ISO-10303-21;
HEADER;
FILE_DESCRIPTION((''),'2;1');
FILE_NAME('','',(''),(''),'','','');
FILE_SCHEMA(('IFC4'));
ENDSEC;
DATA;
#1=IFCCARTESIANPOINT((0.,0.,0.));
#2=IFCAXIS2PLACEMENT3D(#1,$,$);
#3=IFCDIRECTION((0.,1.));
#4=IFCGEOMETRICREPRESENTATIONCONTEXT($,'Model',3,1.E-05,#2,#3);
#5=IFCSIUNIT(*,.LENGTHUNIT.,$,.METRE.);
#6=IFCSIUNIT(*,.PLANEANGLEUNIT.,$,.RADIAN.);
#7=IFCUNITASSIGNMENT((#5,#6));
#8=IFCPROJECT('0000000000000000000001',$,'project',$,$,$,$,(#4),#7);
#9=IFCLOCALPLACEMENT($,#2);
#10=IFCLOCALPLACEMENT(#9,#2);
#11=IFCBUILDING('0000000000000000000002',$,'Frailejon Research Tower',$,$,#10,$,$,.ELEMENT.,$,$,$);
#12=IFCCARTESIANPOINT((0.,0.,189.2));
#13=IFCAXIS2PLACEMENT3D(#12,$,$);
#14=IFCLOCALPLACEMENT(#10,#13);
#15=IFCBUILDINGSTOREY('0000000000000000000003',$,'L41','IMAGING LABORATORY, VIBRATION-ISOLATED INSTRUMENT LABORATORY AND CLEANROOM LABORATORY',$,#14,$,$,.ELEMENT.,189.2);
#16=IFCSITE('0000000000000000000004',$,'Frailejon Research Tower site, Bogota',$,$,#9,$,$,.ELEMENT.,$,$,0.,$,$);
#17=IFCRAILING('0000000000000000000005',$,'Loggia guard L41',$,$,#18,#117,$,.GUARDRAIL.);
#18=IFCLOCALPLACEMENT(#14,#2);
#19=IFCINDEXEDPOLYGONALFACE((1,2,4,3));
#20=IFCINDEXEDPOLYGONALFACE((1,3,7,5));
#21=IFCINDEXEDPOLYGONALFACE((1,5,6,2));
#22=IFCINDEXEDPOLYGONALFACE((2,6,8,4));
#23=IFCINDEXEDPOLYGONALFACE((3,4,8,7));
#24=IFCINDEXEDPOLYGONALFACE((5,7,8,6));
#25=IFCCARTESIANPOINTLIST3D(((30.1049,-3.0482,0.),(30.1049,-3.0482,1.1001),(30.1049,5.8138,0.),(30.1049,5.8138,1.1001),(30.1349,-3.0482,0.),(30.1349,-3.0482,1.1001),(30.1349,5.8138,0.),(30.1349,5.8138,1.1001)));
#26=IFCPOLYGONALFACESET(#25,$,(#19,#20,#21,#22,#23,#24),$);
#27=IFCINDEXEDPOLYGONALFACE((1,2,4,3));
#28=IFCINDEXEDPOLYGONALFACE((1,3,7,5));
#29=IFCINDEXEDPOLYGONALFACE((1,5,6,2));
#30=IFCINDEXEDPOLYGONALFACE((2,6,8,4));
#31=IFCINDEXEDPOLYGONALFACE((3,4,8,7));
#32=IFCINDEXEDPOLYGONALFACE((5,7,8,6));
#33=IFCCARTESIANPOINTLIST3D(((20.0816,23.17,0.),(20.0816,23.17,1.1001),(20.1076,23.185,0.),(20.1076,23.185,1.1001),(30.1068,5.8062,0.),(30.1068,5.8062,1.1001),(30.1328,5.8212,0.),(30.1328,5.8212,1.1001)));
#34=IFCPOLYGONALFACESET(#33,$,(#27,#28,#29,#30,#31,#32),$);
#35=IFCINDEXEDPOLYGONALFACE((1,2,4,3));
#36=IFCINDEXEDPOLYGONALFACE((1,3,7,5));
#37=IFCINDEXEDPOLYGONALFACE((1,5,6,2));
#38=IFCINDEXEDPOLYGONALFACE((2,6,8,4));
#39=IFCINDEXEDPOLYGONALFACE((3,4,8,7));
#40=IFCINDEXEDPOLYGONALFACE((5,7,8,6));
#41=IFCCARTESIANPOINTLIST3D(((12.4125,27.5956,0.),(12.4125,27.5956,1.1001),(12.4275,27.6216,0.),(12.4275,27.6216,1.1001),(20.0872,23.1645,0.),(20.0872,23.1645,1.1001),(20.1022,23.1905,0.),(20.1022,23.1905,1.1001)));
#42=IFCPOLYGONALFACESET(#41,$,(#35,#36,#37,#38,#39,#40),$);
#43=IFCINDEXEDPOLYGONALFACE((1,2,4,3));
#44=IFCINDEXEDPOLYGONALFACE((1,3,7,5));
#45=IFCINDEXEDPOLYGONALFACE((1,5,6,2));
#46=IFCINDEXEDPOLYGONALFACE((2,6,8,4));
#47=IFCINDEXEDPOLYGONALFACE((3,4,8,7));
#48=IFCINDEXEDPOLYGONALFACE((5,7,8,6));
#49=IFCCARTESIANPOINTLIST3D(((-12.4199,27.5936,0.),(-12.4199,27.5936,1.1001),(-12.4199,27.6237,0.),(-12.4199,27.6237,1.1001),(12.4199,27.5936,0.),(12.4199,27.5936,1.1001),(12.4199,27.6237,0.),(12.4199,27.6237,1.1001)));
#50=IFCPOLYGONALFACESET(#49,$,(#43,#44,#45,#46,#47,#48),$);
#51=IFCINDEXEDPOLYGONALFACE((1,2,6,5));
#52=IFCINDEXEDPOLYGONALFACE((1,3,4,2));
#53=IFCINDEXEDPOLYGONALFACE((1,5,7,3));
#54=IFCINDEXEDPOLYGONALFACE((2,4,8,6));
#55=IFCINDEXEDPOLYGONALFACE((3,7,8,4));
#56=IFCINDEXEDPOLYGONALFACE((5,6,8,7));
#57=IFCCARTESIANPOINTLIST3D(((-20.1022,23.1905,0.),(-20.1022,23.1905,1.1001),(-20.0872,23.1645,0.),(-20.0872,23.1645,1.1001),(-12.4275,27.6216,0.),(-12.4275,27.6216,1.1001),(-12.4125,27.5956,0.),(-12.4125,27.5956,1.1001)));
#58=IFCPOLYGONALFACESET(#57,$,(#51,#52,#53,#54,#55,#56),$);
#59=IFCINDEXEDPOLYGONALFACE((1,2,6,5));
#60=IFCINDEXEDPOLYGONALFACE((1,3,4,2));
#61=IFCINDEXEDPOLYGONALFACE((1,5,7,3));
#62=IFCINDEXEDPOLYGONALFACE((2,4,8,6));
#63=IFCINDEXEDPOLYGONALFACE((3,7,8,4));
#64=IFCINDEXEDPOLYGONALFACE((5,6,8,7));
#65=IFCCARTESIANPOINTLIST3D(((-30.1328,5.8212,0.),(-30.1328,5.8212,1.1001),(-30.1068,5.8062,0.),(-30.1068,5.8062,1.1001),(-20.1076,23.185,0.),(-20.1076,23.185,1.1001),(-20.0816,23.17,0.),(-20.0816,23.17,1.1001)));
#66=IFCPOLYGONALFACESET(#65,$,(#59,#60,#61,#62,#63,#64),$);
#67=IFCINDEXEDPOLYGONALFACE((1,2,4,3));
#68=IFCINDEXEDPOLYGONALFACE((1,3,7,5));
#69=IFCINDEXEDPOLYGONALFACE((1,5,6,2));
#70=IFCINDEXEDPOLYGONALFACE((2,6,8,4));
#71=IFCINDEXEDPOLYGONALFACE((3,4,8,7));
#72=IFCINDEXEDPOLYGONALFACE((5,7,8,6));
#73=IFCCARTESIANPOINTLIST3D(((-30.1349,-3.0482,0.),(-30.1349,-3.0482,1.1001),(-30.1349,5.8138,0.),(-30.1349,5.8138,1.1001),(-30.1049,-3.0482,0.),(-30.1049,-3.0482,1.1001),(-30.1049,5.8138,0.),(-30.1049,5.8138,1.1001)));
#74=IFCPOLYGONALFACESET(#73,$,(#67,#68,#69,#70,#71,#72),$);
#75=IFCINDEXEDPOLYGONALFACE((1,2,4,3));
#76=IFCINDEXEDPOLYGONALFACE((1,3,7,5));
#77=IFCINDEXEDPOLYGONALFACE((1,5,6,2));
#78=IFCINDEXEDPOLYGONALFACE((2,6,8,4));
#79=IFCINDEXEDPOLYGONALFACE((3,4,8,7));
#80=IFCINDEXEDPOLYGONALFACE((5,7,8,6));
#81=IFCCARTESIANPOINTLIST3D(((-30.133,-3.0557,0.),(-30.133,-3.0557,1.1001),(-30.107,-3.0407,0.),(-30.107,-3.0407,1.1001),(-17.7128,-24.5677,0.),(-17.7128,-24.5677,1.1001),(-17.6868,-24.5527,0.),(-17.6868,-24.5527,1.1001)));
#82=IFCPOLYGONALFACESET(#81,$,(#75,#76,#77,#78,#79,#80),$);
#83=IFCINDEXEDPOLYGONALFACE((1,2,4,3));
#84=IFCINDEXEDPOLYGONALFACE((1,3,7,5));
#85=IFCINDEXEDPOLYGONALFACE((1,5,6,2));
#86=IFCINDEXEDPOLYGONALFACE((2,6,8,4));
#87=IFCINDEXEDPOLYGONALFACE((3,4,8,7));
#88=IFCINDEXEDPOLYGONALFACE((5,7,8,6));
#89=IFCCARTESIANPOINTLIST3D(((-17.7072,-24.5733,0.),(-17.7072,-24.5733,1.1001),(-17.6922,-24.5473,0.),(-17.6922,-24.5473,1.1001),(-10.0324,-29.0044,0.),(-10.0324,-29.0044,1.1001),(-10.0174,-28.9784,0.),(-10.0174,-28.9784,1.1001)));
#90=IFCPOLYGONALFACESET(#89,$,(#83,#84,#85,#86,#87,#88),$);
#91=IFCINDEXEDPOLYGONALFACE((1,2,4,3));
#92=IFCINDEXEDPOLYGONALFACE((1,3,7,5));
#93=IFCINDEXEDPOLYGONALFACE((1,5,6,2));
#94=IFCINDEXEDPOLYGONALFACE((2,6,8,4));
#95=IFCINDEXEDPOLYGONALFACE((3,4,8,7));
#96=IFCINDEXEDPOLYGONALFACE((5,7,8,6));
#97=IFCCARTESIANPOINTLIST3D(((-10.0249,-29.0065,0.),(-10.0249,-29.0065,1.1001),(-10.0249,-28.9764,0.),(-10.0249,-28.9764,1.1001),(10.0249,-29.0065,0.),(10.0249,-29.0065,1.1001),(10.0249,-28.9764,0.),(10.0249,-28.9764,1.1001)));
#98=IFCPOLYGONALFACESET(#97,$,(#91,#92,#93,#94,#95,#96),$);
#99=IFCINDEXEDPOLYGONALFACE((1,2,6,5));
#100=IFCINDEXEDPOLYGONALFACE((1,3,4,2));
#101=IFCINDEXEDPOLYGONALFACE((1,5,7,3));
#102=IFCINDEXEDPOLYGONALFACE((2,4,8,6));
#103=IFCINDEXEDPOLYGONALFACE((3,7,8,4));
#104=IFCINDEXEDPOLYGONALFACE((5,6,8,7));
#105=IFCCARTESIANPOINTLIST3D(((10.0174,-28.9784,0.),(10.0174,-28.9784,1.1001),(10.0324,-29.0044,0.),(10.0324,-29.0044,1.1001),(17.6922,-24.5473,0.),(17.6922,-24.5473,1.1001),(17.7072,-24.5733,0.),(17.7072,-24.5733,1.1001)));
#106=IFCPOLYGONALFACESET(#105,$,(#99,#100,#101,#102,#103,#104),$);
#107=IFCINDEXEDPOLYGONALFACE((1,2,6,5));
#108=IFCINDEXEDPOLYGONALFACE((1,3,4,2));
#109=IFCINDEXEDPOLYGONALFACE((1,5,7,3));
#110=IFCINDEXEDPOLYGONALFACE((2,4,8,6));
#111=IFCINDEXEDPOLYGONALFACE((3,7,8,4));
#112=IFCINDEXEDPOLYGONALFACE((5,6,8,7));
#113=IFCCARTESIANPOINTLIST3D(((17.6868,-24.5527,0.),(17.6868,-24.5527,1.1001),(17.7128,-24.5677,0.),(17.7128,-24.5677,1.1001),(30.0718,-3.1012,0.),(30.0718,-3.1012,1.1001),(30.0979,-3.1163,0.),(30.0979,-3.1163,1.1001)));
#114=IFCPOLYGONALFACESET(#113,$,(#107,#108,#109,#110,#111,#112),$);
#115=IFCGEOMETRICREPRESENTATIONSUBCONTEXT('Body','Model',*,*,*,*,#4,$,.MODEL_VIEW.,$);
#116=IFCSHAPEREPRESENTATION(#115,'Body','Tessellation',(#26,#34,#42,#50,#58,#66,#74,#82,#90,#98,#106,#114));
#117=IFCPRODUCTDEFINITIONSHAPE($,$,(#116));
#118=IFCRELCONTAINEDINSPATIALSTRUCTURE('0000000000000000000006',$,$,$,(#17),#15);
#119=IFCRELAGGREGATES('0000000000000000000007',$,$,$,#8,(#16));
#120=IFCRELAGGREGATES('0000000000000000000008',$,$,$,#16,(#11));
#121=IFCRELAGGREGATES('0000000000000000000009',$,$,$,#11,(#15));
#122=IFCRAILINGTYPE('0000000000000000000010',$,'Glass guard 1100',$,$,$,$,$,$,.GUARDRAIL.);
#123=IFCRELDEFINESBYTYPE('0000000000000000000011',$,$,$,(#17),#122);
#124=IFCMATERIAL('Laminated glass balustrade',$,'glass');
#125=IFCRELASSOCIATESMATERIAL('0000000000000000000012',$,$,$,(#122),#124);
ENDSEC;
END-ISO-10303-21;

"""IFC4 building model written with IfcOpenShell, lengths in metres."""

from ifc_helpers import new_model, si_unit, direction, frame, origin, origin_2d, place, context, subcontext, project, spatial, rectangle, extrude, material, type_object, element, save


model = new_model("IFC4")

# Units and contexts
model_context = context("Model", 3, precision=1e-05, world=origin(), true_north=direction((0.0, 1.0)))
body_context = subcontext(model_context, "Body", "Model", "MODEL_VIEW")
ifc_project = project(units=[si_unit("LENGTHUNIT", "METRE"), si_unit("PLANEANGLEUNIT", "RADIAN")], contexts=[model_context])

# Site, building, storey
site_placement = place(None, origin())
site = spatial("IfcSite", under=ifc_project, at=site_placement, Name="Frailejon Research Tower site, Bogota", CompositionType="ELEMENT", RefElevation=0.0)
building_placement = place(site_placement, origin())
building = spatial("IfcBuilding", under=site, at=building_placement, Name="Frailejon Research Tower", CompositionType="ELEMENT")
storey_placement = place(building_placement, frame((0.0, 0.0, 189.2)))
storey = spatial("IfcBuildingStorey", under=building, at=storey_placement, Name="L41", Description="IMAGING LABORATORY, VIBRATION-ISOLATED INSTRUMENT LABORATORY AND CLEANROOM LABORATORY", CompositionType="ELEMENT", Elevation=189.2)

# Railing
ifc_material_1 = material(Name="Laminated glass balustrade", Category="glass")
railing_type = type_object("IfcRailingType", Name="Glass guard 1100", PredefinedType="GUARDRAIL", material=ifc_material_1)
railing_placement = place(storey_placement, frame((30.1199, -3.0483, 0.0)))
element("IfcRailing", 1, at=railing_placement, inside=storey, type_object=railing_type, Name="Loggia guard L41", PredefinedType="GUARDRAIL", context=body_context, shape_type="SweptSolid", body=[
    extrude(rectangle(XDim=8.8621, YDim=0.03, at=origin_2d()), frame((0.0, 4.4312, 0.0), z_axis=(0.0, 0.0, 1.0), x_axis=(0.0, 1.0, 0.0)), (0.0, 0.0, 1.0), 1.1001),
    extrude(rectangle(XDim=20.05, YDim=0.03, at=origin_2d()), frame((-5.0127, 17.5439, 0.0), z_axis=(0.0, 0.0, 1.0), x_axis=(-0.500006, 0.866022, 0.0)), (0.0, 0.0, 1.0), 1.1001),
    extrude(rectangle(XDim=8.8621, YDim=0.03, at=origin_2d()), frame((-13.8625, 28.4414, 0.0), z_axis=(0.0, 0.0, 1.0), x_axis=(-0.86602, 0.500009, 0.0)), (0.0, 0.0, 1.0), 1.1001),
    extrude(rectangle(XDim=24.8398, YDim=0.03, at=origin_2d()), frame((-30.1199, 30.657, 0.0), z_axis=(0.0, 0.0, 1.0), x_axis=(-1.0, 0.0, 0.0)), (0.0, 0.0, 1.0), 1.1001),
    extrude(rectangle(XDim=8.8621, YDim=0.03, at=origin_2d()), frame((-46.3772, 28.4414, 0.0), z_axis=(0.0, 0.0, 1.0), x_axis=(-0.86602, -0.500009, 0.0)), (0.0, 0.0, 1.0), 1.1001),
    extrude(rectangle(XDim=20.05, YDim=0.03, at=origin_2d()), frame((-55.2271, 17.5439, 0.0), z_axis=(0.0, 0.0, 1.0), x_axis=(-0.500006, -0.866022, 0.0)), (0.0, 0.0, 1.0), 1.1001),
    extrude(rectangle(XDim=8.8621, YDim=0.03, at=origin_2d()), frame((-60.2397, 4.4312, 0.0), z_axis=(0.0, 0.0, 1.0), x_axis=(0.0, -1.0, 0.0)), (0.0, 0.0, 1.0), 1.1001),
    extrude(rectangle(XDim=24.8401, YDim=0.03, at=origin_2d()), frame((-54.0298, -10.7559, 0.0), z_axis=(0.0, 0.0, 1.0), x_axis=(0.500007, -0.866021, 0.0)), (0.0, 0.0, 1.0), 1.1001),
    extrude(rectangle(XDim=8.8621, YDim=0.03, at=origin_2d()), frame((-43.9822, -23.7275, 0.0), z_axis=(0.0, 0.0, 1.0), x_axis=(0.86602, -0.500009, 0.0)), (0.0, 0.0, 1.0), 1.1001),
    extrude(rectangle(XDim=20.0498, YDim=0.03, at=origin_2d()), frame((-30.1199, -25.9431, 0.0), z_axis=(0.0, 0.0, 1.0), x_axis=(1.0, 0.0, 0.0)), (0.0, 0.0, 1.0), 1.1001),
    extrude(rectangle(XDim=8.8621, YDim=0.03, at=origin_2d()), frame((-16.2576, -23.7275, 0.0), z_axis=(0.0, 0.0, 1.0), x_axis=(0.86602, 0.500009, 0.0)), (0.0, 0.0, 1.0), 1.1001),
    extrude(rectangle(XDim=24.77, YDim=0.03, at=origin_2d()), frame((-6.2275, -10.7861, 0.0), z_axis=(0.0, 0.0, 1.0), x_axis=(0.500001, 0.866025, 0.0)), (0.0, 0.0, 1.0), 1.1001),
])

save(model, "model.ifc")
